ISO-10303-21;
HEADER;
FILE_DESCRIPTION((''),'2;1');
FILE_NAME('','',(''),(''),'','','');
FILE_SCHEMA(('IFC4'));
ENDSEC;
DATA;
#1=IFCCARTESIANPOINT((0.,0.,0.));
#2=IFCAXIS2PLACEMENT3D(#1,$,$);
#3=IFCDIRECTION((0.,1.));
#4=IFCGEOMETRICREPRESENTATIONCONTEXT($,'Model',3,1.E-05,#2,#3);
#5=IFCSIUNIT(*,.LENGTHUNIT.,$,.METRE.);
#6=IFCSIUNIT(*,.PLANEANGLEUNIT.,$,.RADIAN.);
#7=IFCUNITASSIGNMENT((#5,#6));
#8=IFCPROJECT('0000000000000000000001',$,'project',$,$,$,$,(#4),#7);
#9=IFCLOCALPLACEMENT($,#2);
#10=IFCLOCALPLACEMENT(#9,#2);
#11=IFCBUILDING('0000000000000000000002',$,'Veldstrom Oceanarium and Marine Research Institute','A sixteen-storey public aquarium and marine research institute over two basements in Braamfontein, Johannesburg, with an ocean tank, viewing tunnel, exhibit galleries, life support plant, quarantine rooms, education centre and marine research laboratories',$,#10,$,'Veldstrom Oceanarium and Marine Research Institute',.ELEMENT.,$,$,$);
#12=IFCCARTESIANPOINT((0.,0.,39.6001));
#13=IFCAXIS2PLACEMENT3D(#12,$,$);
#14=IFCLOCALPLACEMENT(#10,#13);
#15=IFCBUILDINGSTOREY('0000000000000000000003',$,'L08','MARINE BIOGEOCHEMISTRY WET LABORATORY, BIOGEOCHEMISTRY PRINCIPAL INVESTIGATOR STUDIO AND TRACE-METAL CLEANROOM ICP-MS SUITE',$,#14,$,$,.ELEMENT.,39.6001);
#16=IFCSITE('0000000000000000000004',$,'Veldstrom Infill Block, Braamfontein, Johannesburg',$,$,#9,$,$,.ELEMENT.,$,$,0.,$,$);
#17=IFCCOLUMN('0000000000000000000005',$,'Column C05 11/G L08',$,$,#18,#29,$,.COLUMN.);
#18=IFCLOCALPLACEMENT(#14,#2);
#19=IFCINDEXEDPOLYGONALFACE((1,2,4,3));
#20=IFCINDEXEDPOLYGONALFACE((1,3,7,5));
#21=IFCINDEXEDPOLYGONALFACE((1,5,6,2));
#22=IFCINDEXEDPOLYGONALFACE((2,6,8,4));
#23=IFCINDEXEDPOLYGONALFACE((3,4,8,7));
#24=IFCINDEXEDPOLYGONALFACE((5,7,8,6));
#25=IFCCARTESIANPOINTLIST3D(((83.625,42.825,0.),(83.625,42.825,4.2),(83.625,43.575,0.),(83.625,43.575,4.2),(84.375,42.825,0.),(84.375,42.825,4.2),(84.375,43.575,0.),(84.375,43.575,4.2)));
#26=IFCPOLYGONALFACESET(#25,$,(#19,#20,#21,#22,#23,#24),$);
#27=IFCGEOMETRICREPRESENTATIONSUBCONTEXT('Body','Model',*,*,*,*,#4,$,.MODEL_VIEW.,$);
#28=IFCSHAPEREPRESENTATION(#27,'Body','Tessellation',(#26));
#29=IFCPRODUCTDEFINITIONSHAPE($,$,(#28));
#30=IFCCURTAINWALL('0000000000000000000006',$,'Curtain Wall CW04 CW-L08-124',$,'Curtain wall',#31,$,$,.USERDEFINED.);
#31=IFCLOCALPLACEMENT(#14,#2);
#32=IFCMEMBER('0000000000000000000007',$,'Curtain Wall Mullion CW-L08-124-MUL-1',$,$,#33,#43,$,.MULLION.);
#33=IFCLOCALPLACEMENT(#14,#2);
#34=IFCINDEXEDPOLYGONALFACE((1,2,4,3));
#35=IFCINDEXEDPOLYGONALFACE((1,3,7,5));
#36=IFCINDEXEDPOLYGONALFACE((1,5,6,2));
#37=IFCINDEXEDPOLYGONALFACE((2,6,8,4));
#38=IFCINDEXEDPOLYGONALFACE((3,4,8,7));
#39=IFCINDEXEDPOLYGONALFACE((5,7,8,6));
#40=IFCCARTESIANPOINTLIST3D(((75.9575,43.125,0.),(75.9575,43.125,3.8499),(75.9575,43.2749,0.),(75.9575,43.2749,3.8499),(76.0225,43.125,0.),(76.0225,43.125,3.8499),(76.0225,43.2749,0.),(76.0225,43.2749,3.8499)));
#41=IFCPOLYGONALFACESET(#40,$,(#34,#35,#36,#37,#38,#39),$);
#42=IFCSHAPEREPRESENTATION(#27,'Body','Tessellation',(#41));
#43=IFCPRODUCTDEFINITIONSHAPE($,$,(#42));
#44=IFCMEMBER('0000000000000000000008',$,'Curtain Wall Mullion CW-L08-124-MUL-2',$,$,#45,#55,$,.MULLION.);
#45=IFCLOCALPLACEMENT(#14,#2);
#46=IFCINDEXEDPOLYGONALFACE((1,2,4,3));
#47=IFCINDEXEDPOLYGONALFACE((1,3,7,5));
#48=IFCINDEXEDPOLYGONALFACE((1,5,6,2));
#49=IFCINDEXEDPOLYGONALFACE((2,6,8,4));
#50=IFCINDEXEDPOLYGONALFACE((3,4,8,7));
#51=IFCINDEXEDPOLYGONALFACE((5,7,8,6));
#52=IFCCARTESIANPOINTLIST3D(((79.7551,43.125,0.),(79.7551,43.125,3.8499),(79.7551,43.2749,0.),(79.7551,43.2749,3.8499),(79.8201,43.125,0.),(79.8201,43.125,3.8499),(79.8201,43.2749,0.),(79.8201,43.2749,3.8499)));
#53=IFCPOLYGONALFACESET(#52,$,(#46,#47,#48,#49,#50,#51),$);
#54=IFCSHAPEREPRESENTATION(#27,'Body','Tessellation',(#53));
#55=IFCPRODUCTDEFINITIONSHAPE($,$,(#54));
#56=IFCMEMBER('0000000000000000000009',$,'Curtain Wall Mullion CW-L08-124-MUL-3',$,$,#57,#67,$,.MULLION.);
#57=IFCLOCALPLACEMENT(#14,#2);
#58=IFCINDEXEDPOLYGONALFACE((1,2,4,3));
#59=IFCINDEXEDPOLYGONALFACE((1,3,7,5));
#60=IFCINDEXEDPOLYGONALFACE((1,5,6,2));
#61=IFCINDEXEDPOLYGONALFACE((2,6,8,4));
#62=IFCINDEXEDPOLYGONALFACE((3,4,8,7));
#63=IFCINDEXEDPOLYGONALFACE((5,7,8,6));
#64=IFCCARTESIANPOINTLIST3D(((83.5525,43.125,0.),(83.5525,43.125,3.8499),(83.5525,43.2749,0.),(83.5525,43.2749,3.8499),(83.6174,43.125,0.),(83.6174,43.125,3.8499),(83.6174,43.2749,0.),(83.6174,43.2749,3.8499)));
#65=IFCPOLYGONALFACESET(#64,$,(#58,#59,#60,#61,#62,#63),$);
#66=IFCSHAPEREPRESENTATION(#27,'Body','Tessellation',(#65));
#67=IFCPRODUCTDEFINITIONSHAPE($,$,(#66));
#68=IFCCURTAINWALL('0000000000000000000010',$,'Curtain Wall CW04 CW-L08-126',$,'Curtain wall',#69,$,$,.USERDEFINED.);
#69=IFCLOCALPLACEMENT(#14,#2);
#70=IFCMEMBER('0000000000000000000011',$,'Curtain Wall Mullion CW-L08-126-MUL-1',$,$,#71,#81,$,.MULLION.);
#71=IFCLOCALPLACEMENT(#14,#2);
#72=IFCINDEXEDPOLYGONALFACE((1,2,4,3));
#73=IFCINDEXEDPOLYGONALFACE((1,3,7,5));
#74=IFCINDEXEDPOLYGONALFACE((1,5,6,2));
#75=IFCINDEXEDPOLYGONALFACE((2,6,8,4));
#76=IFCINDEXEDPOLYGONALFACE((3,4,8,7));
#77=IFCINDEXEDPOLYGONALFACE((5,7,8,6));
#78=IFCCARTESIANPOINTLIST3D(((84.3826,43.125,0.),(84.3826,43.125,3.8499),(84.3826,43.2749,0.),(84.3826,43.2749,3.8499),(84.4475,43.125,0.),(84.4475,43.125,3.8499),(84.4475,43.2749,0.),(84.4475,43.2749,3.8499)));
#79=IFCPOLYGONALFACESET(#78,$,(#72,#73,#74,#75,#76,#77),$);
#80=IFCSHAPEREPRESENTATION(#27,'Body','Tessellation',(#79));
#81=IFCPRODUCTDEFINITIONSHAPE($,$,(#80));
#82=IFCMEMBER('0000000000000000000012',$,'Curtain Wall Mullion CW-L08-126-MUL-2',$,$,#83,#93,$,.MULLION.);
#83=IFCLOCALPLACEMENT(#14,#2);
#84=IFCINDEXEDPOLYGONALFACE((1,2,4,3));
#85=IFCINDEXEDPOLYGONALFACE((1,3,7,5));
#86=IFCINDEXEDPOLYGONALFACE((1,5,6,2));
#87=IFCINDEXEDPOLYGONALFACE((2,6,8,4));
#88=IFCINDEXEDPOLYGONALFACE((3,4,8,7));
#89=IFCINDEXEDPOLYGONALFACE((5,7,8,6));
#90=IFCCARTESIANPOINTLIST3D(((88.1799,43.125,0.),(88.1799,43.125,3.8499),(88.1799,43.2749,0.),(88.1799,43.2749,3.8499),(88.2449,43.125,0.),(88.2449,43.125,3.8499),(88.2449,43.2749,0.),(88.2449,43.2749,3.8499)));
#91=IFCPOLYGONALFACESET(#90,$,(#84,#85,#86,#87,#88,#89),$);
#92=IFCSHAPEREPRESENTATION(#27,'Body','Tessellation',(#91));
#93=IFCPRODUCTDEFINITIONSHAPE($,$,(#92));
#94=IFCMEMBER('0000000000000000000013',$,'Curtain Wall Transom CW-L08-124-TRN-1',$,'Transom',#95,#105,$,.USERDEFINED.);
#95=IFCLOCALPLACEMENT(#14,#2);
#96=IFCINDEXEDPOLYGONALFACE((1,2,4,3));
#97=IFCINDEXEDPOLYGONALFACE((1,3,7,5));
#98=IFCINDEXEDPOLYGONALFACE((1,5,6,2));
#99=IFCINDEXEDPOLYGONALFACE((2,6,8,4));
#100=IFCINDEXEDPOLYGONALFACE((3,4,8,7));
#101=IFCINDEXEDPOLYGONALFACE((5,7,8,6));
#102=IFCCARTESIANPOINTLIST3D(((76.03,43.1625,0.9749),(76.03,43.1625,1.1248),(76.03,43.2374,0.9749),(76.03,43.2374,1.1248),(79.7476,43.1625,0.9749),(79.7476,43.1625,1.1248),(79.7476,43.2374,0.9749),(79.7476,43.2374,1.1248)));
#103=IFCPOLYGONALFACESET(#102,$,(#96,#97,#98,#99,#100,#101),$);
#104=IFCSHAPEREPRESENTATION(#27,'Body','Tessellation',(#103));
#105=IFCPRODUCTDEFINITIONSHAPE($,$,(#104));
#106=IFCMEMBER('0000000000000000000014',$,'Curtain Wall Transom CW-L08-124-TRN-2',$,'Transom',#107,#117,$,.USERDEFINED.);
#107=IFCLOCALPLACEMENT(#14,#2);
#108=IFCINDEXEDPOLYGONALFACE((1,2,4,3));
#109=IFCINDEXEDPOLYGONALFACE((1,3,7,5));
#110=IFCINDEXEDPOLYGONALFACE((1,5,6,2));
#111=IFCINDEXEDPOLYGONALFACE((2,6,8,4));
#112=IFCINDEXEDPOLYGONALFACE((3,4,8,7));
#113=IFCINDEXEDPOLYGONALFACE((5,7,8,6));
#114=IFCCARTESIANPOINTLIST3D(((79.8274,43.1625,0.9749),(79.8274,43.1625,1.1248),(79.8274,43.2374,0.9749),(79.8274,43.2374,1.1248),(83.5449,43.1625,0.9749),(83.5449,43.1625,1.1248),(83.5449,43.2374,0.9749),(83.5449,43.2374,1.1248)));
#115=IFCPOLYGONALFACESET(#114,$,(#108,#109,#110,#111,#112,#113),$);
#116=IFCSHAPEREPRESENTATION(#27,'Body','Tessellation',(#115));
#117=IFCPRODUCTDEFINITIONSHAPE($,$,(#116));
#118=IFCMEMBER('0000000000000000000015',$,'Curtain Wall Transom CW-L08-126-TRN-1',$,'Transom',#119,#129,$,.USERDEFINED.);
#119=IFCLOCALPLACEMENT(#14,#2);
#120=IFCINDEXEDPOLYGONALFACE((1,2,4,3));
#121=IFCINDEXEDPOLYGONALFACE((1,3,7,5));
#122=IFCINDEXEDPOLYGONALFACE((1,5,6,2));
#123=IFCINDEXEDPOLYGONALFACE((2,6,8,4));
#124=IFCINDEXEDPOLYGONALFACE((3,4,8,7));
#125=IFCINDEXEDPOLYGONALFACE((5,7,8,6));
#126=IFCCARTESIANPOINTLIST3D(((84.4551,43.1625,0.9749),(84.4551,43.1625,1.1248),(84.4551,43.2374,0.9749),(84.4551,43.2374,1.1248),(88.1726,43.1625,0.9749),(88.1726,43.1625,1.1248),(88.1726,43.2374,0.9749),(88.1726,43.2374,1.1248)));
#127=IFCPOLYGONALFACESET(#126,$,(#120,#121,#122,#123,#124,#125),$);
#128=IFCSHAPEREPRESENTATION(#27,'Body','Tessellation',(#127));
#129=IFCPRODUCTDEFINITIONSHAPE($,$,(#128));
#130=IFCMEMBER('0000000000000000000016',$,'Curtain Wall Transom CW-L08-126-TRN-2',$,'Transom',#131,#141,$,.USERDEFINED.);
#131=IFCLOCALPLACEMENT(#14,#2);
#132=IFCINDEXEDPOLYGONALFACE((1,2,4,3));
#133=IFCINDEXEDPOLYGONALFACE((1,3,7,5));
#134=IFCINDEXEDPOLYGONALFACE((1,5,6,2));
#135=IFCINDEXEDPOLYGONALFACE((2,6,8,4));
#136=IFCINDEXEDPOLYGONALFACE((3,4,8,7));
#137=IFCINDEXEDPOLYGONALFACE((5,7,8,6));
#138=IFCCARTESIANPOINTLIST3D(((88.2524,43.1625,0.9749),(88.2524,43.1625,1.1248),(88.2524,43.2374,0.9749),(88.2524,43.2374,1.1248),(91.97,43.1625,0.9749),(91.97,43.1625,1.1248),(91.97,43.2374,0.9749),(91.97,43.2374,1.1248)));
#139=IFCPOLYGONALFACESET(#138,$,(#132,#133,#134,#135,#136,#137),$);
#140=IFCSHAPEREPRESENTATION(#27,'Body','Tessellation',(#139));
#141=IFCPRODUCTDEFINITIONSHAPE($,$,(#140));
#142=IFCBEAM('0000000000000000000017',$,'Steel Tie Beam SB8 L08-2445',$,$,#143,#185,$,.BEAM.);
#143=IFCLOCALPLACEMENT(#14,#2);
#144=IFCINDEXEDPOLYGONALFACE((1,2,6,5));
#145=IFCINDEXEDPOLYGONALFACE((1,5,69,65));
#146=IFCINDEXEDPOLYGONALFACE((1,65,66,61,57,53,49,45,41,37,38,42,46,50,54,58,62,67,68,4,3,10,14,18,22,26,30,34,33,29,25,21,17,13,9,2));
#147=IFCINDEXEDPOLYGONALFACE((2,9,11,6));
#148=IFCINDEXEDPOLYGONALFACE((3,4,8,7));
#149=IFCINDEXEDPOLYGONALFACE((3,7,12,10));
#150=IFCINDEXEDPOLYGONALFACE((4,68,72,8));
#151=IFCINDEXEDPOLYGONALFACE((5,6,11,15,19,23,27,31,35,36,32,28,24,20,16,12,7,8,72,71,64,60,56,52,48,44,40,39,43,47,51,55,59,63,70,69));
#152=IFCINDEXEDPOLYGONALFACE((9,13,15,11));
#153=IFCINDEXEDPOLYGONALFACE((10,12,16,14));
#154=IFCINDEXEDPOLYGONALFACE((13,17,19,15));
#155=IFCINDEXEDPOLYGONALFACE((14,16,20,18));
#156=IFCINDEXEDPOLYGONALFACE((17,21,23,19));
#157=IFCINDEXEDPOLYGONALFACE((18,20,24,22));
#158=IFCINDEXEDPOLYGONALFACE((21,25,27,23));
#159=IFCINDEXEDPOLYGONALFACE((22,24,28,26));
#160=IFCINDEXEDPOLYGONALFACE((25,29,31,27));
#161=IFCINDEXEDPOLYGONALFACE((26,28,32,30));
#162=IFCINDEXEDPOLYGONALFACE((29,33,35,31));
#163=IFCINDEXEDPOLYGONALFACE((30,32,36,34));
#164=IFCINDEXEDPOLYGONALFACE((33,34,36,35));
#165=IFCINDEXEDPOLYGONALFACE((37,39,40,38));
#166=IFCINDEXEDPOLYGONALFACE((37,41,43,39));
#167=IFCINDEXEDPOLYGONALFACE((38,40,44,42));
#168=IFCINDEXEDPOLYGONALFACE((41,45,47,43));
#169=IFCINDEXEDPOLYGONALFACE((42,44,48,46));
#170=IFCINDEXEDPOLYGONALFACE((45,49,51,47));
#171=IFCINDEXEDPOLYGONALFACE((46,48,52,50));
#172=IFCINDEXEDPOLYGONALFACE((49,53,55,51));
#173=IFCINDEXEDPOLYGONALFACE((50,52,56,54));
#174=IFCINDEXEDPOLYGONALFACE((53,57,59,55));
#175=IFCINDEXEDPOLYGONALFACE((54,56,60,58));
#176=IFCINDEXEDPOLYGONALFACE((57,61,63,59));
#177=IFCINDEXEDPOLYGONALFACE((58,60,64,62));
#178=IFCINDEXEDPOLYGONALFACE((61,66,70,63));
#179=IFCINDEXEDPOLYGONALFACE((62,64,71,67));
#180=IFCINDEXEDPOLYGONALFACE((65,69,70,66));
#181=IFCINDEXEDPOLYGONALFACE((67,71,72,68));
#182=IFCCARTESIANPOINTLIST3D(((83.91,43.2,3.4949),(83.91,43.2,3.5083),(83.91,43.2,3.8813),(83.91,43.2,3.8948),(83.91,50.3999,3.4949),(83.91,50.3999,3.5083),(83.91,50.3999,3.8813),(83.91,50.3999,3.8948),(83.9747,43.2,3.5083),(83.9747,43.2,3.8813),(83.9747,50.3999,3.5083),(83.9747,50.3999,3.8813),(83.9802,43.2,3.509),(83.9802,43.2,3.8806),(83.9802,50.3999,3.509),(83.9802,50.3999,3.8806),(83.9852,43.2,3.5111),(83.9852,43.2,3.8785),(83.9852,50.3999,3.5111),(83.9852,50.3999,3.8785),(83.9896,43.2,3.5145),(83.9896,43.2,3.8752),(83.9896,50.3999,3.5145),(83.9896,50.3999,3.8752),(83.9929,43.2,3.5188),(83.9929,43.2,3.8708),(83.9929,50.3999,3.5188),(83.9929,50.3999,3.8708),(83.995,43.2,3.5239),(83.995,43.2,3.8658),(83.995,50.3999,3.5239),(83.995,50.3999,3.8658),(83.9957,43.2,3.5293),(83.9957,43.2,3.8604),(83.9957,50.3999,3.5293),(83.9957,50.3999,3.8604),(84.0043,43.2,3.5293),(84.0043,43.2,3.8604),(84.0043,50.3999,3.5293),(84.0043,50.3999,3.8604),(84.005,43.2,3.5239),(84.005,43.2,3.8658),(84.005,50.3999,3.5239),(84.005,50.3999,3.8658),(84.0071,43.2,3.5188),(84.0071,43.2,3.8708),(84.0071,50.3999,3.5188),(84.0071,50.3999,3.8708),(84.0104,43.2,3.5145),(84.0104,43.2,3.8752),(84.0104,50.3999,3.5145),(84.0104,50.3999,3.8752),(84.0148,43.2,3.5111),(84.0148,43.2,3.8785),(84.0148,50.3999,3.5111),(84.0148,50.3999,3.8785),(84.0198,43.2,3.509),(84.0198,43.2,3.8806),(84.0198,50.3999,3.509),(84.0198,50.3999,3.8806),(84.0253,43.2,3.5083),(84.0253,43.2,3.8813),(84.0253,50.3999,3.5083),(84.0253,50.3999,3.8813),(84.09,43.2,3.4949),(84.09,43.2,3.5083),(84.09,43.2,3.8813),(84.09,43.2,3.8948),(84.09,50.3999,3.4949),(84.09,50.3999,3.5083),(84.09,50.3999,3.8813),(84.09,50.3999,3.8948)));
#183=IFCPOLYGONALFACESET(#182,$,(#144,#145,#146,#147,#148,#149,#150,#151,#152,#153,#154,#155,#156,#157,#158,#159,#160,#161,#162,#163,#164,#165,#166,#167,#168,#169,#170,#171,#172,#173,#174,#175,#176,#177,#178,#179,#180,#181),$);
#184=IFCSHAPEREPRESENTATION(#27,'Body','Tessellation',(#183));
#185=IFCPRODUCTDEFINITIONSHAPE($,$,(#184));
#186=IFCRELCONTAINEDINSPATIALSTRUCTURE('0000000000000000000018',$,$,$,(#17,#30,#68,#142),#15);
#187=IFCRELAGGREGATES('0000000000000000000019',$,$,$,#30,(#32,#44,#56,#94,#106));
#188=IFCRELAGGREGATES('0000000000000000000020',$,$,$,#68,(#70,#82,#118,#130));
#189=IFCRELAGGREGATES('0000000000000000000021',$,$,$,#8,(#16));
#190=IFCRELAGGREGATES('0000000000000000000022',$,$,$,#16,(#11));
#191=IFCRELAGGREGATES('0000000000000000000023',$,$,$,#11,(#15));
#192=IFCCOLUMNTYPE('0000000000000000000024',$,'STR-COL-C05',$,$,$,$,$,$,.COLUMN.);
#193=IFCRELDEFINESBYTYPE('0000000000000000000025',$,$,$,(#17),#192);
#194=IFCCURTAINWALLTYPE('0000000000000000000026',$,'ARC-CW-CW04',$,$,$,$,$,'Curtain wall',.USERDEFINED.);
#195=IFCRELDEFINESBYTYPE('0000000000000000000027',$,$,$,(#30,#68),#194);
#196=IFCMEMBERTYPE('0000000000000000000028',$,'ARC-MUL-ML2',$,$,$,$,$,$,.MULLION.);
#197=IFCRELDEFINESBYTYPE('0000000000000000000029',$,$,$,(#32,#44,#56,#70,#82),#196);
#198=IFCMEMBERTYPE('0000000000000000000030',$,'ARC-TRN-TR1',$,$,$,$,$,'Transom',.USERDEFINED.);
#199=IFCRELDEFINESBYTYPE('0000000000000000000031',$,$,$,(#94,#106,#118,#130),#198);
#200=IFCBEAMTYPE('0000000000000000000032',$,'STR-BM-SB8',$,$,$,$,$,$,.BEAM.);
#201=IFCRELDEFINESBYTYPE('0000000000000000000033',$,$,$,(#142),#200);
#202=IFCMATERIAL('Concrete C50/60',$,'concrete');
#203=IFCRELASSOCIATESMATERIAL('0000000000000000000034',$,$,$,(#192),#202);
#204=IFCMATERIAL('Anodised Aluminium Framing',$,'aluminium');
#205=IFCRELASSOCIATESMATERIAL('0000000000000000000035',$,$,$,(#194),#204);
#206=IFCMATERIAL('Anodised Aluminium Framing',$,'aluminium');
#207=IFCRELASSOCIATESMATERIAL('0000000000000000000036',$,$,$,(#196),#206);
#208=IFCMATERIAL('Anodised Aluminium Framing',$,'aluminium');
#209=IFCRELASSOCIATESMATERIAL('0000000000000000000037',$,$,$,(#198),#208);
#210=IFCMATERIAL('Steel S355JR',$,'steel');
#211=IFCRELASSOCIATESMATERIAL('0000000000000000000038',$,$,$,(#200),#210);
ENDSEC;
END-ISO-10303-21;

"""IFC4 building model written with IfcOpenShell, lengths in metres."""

from ifc_helpers import new_model, si_unit, direction, frame, origin, origin_2d, place, context, subcontext, project, spatial, rectangle, i_section, extrude, material, material_profile, profile_set, type_object, element, aggregate, save


model = new_model("IFC4")

# Units and contexts
model_context = context("Model", 3, precision=1e-05, world=origin(), true_north=direction((0.0, 1.0)))
body_context = subcontext(model_context, "Body", "Model", "MODEL_VIEW")
ifc_project = project(units=[si_unit("LENGTHUNIT", "METRE"), si_unit("PLANEANGLEUNIT", "RADIAN")], contexts=[model_context])

# Site, building, storey
site_placement = place(None, origin())
site = spatial("IfcSite", under=ifc_project, at=site_placement, Name="Veldstrom Infill Block, Braamfontein, Johannesburg", CompositionType="ELEMENT", RefElevation=0.0)
building_placement = place(site_placement, origin())
building = spatial("IfcBuilding", under=site, at=building_placement, Name="Veldstrom Oceanarium and Marine Research Institute", Description="A sixteen-storey public aquarium and marine research institute over two basements in Braamfontein, Johannesburg, with an ocean tank, viewing tunnel, exhibit galleries, life support plant, quarantine rooms, education centre and marine research laboratories", LongName="Veldstrom Oceanarium and Marine Research Institute", CompositionType="ELEMENT")
storey_placement = place(building_placement, frame((0.0, 0.0, 39.6001)))
storey = spatial("IfcBuildingStorey", under=building, at=storey_placement, Name="L08", Description="MARINE BIOGEOCHEMISTRY WET LABORATORY, BIOGEOCHEMISTRY PRINCIPAL INVESTIGATOR STUDIO AND TRACE-METAL CLEANROOM ICP-MS SUITE", CompositionType="ELEMENT", Elevation=39.6001)

# Column
ifc_material_1 = material(Name="Concrete C50/60", Category="concrete")
ifc_material_profile_1 = material_profile(ifc_material_1, rectangle(XDim=0.75, YDim=0.75, at=origin_2d()), Name="RC-COL-750x750")
ifc_profile_set_1 = profile_set([ifc_material_profile_1], Name="Concrete C50/60")
column_type = type_object("IfcColumnType", Name="STR-COL-C05", PredefinedType="COLUMN", material=ifc_profile_set_1)
column_placement = place(storey_placement, frame((84.0, 43.2, 0.0), z_axis=(0.0, 0.0, 1.0), x_axis=(1.0, 0.0, 0.0)))
element("IfcColumn", 1, at=column_placement, inside=storey, type_object=column_type, Name="Column C05 11/G L08", PredefinedType="COLUMN", context=body_context, shape_type="SweptSolid", body=[
    extrude(rectangle(XDim=0.75, YDim=0.75, at=origin_2d()), origin(), (0.0, 0.0, 1.0), 4.2),
])

# Curtain walls, members
ifc_material_2 = material(Name="Anodised Aluminium Framing", Category="aluminium")
curtain_wall_type = type_object("IfcCurtainWallType", Name="ARC-CW-CW04", ElementType="Curtain wall", PredefinedType="USERDEFINED", material=ifc_material_2)
curtain_wall_1_placement = place(storey_placement, origin())
curtain_wall_1 = element("IfcCurtainWall", 2, at=curtain_wall_1_placement, inside=storey, type_object=curtain_wall_type, Name="Curtain Wall CW04 CW-L08-124", ObjectType="Curtain wall", PredefinedType="USERDEFINED")
ifc_material_3 = material(Name="Anodised Aluminium Framing", Category="aluminium")
ifc_material_profile_2 = material_profile(ifc_material_3, rectangle(XDim=0.0649, YDim=0.1499, at=origin_2d()), Name="ALU-MUL-65x150")
ifc_profile_set_2 = profile_set([ifc_material_profile_2], Name="Anodised Aluminium Framing")
member_type_1 = type_object("IfcMemberType", Name="ARC-MUL-ML2", PredefinedType="MULLION", material=ifc_profile_set_2)
member_1_placement = place(storey_placement, frame((75.99, 43.2, 0.0), z_axis=(0.0, 0.0, 1.0), x_axis=(1.0, 0.0, 0.0)))
member_1 = element("IfcMember", 3, at=member_1_placement, type_object=member_type_1, Name="Curtain Wall Mullion CW-L08-124-MUL-1", PredefinedType="MULLION", context=body_context, shape_type="SweptSolid", body=[
    extrude(rectangle(XDim=0.0649, YDim=0.1499, at=origin_2d()), origin(), (0.0, 0.0, 1.0), 3.8499),
])
member_2_placement = place(storey_placement, frame((79.7876, 43.2, 0.0), z_axis=(0.0, 0.0, 1.0), x_axis=(1.0, 0.0, 0.0)))
member_2 = element("IfcMember", 4, at=member_2_placement, type_object=member_type_1, Name="Curtain Wall Mullion CW-L08-124-MUL-2", PredefinedType="MULLION", context=body_context, shape_type="SweptSolid", body=[
    extrude(rectangle(XDim=0.0649, YDim=0.1499, at=origin_2d()), origin(), (0.0, 0.0, 1.0), 3.8499),
])
member_3_placement = place(storey_placement, frame((83.585, 43.2, 0.0), z_axis=(0.0, 0.0, 1.0), x_axis=(1.0, 0.0, 0.0)))
member_3 = element("IfcMember", 5, at=member_3_placement, type_object=member_type_1, Name="Curtain Wall Mullion CW-L08-124-MUL-3", PredefinedType="MULLION", context=body_context, shape_type="SweptSolid", body=[
    extrude(rectangle(XDim=0.0649, YDim=0.1499, at=origin_2d()), origin(), (0.0, 0.0, 1.0), 3.8499),
])
curtain_wall_2_placement = place(storey_placement, origin())
curtain_wall_2 = element("IfcCurtainWall", 6, at=curtain_wall_2_placement, inside=storey, type_object=curtain_wall_type, Name="Curtain Wall CW04 CW-L08-126", ObjectType="Curtain wall", PredefinedType="USERDEFINED")
member_4_placement = place(storey_placement, frame((84.415, 43.2, 0.0), z_axis=(0.0, 0.0, 1.0), x_axis=(1.0, 0.0, 0.0)))
member_4 = element("IfcMember", 7, at=member_4_placement, type_object=member_type_1, Name="Curtain Wall Mullion CW-L08-126-MUL-1", PredefinedType="MULLION", context=body_context, shape_type="SweptSolid", body=[
    extrude(rectangle(XDim=0.0649, YDim=0.1499, at=origin_2d()), origin(), (0.0, 0.0, 1.0), 3.8499),
])
member_5_placement = place(storey_placement, frame((88.2124, 43.2, 0.0), z_axis=(0.0, 0.0, 1.0), x_axis=(1.0, 0.0, 0.0)))
member_5 = element("IfcMember", 8, at=member_5_placement, type_object=member_type_1, Name="Curtain Wall Mullion CW-L08-126-MUL-2", PredefinedType="MULLION", context=body_context, shape_type="SweptSolid", body=[
    extrude(rectangle(XDim=0.0649, YDim=0.1499, at=origin_2d()), origin(), (0.0, 0.0, 1.0), 3.8499),
])

# Members
ifc_material_4 = material(Name="Anodised Aluminium Framing", Category="aluminium")
ifc_material_profile_3 = material_profile(ifc_material_4, rectangle(XDim=0.075, YDim=0.1499, at=origin_2d()), Name="ALU-TRN-75x150")
ifc_profile_set_3 = profile_set([ifc_material_profile_3], Name="Anodised Aluminium Framing")
member_type_2 = type_object("IfcMemberType", Name="ARC-TRN-TR1", ElementType="Transom", PredefinedType="USERDEFINED", material=ifc_profile_set_3)
member_6_placement = place(storey_placement, frame((76.03, 43.2, 1.0498), z_axis=(1.0, 0.0, 0.0), x_axis=(0.0, 1.0, 0.0)))
member_6 = element("IfcMember", 9, at=member_6_placement, type_object=member_type_2, Name="Curtain Wall Transom CW-L08-124-TRN-1", ObjectType="Transom", PredefinedType="USERDEFINED", context=body_context, shape_type="SweptSolid", body=[
    extrude(rectangle(XDim=0.075, YDim=0.1499, at=origin_2d()), origin(), (0.0, 0.0, 1.0), 3.7175),
])
member_7_placement = place(storey_placement, frame((79.8274, 43.2, 1.0498), z_axis=(1.0, 0.0, 0.0), x_axis=(0.0, 1.0, 0.0)))
member_7 = element("IfcMember", 10, at=member_7_placement, type_object=member_type_2, Name="Curtain Wall Transom CW-L08-124-TRN-2", ObjectType="Transom", PredefinedType="USERDEFINED", context=body_context, shape_type="SweptSolid", body=[
    extrude(rectangle(XDim=0.075, YDim=0.1499, at=origin_2d()), origin(), (0.0, 0.0, 1.0), 3.7175),
])
member_8_placement = place(storey_placement, frame((84.4551, 43.2, 1.0498), z_axis=(1.0, 0.0, 0.0), x_axis=(0.0, 1.0, 0.0)))
member_8 = element("IfcMember", 11, at=member_8_placement, type_object=member_type_2, Name="Curtain Wall Transom CW-L08-126-TRN-1", ObjectType="Transom", PredefinedType="USERDEFINED", context=body_context, shape_type="SweptSolid", body=[
    extrude(rectangle(XDim=0.075, YDim=0.1499, at=origin_2d()), origin(), (0.0, 0.0, 1.0), 3.7175),
])
member_9_placement = place(storey_placement, frame((88.2524, 43.2, 1.0498), z_axis=(1.0, 0.0, 0.0), x_axis=(0.0, 1.0, 0.0)))
member_9 = element("IfcMember", 12, at=member_9_placement, type_object=member_type_2, Name="Curtain Wall Transom CW-L08-126-TRN-2", ObjectType="Transom", PredefinedType="USERDEFINED", context=body_context, shape_type="SweptSolid", body=[
    extrude(rectangle(XDim=0.075, YDim=0.1499, at=origin_2d()), origin(), (0.0, 0.0, 1.0), 3.7175),
])

# Beam
ifc_material_5 = material(Name="Steel S355JR", Category="steel")
ifc_material_profile_4 = material_profile(ifc_material_5, i_section(OverallWidth=0.1799, OverallDepth=0.3999, WebThickness=0.0085, FlangeThickness=0.0134, FilletRadius=0.021, at=origin_2d()), Name="IPE 400")
ifc_profile_set_4 = profile_set([ifc_material_profile_4], Name="Steel S355JR")
beam_type_1 = type_object("IfcBeamType", Name="STR-BM-SB8", PredefinedType="BEAM", material=ifc_profile_set_4)
beam_1_placement = place(storey_placement, frame((84.0, 43.2, 3.6948), z_axis=(0.0, 1.0, 0.0), x_axis=(-1.0, 0.0, 0.0)))
element("IfcBeam", 13, at=beam_1_placement, inside=storey, type_object=beam_type_1, Name="Steel Tie Beam SB8 L08-2445", PredefinedType="BEAM", context=body_context, shape_type="SweptSolid", body=[
    extrude(i_section(OverallWidth=0.1799, OverallDepth=0.3999, WebThickness=0.0085, FlangeThickness=0.0134, FilletRadius=0.021, at=origin_2d()), origin(), (0.0, 0.0, 1.0), 7.2),
])

aggregate(curtain_wall_1, [member_1, member_2, member_3, member_6, member_7])
aggregate(curtain_wall_2, [member_4, member_5, member_8, member_9])

save(model, "model.ifc")
